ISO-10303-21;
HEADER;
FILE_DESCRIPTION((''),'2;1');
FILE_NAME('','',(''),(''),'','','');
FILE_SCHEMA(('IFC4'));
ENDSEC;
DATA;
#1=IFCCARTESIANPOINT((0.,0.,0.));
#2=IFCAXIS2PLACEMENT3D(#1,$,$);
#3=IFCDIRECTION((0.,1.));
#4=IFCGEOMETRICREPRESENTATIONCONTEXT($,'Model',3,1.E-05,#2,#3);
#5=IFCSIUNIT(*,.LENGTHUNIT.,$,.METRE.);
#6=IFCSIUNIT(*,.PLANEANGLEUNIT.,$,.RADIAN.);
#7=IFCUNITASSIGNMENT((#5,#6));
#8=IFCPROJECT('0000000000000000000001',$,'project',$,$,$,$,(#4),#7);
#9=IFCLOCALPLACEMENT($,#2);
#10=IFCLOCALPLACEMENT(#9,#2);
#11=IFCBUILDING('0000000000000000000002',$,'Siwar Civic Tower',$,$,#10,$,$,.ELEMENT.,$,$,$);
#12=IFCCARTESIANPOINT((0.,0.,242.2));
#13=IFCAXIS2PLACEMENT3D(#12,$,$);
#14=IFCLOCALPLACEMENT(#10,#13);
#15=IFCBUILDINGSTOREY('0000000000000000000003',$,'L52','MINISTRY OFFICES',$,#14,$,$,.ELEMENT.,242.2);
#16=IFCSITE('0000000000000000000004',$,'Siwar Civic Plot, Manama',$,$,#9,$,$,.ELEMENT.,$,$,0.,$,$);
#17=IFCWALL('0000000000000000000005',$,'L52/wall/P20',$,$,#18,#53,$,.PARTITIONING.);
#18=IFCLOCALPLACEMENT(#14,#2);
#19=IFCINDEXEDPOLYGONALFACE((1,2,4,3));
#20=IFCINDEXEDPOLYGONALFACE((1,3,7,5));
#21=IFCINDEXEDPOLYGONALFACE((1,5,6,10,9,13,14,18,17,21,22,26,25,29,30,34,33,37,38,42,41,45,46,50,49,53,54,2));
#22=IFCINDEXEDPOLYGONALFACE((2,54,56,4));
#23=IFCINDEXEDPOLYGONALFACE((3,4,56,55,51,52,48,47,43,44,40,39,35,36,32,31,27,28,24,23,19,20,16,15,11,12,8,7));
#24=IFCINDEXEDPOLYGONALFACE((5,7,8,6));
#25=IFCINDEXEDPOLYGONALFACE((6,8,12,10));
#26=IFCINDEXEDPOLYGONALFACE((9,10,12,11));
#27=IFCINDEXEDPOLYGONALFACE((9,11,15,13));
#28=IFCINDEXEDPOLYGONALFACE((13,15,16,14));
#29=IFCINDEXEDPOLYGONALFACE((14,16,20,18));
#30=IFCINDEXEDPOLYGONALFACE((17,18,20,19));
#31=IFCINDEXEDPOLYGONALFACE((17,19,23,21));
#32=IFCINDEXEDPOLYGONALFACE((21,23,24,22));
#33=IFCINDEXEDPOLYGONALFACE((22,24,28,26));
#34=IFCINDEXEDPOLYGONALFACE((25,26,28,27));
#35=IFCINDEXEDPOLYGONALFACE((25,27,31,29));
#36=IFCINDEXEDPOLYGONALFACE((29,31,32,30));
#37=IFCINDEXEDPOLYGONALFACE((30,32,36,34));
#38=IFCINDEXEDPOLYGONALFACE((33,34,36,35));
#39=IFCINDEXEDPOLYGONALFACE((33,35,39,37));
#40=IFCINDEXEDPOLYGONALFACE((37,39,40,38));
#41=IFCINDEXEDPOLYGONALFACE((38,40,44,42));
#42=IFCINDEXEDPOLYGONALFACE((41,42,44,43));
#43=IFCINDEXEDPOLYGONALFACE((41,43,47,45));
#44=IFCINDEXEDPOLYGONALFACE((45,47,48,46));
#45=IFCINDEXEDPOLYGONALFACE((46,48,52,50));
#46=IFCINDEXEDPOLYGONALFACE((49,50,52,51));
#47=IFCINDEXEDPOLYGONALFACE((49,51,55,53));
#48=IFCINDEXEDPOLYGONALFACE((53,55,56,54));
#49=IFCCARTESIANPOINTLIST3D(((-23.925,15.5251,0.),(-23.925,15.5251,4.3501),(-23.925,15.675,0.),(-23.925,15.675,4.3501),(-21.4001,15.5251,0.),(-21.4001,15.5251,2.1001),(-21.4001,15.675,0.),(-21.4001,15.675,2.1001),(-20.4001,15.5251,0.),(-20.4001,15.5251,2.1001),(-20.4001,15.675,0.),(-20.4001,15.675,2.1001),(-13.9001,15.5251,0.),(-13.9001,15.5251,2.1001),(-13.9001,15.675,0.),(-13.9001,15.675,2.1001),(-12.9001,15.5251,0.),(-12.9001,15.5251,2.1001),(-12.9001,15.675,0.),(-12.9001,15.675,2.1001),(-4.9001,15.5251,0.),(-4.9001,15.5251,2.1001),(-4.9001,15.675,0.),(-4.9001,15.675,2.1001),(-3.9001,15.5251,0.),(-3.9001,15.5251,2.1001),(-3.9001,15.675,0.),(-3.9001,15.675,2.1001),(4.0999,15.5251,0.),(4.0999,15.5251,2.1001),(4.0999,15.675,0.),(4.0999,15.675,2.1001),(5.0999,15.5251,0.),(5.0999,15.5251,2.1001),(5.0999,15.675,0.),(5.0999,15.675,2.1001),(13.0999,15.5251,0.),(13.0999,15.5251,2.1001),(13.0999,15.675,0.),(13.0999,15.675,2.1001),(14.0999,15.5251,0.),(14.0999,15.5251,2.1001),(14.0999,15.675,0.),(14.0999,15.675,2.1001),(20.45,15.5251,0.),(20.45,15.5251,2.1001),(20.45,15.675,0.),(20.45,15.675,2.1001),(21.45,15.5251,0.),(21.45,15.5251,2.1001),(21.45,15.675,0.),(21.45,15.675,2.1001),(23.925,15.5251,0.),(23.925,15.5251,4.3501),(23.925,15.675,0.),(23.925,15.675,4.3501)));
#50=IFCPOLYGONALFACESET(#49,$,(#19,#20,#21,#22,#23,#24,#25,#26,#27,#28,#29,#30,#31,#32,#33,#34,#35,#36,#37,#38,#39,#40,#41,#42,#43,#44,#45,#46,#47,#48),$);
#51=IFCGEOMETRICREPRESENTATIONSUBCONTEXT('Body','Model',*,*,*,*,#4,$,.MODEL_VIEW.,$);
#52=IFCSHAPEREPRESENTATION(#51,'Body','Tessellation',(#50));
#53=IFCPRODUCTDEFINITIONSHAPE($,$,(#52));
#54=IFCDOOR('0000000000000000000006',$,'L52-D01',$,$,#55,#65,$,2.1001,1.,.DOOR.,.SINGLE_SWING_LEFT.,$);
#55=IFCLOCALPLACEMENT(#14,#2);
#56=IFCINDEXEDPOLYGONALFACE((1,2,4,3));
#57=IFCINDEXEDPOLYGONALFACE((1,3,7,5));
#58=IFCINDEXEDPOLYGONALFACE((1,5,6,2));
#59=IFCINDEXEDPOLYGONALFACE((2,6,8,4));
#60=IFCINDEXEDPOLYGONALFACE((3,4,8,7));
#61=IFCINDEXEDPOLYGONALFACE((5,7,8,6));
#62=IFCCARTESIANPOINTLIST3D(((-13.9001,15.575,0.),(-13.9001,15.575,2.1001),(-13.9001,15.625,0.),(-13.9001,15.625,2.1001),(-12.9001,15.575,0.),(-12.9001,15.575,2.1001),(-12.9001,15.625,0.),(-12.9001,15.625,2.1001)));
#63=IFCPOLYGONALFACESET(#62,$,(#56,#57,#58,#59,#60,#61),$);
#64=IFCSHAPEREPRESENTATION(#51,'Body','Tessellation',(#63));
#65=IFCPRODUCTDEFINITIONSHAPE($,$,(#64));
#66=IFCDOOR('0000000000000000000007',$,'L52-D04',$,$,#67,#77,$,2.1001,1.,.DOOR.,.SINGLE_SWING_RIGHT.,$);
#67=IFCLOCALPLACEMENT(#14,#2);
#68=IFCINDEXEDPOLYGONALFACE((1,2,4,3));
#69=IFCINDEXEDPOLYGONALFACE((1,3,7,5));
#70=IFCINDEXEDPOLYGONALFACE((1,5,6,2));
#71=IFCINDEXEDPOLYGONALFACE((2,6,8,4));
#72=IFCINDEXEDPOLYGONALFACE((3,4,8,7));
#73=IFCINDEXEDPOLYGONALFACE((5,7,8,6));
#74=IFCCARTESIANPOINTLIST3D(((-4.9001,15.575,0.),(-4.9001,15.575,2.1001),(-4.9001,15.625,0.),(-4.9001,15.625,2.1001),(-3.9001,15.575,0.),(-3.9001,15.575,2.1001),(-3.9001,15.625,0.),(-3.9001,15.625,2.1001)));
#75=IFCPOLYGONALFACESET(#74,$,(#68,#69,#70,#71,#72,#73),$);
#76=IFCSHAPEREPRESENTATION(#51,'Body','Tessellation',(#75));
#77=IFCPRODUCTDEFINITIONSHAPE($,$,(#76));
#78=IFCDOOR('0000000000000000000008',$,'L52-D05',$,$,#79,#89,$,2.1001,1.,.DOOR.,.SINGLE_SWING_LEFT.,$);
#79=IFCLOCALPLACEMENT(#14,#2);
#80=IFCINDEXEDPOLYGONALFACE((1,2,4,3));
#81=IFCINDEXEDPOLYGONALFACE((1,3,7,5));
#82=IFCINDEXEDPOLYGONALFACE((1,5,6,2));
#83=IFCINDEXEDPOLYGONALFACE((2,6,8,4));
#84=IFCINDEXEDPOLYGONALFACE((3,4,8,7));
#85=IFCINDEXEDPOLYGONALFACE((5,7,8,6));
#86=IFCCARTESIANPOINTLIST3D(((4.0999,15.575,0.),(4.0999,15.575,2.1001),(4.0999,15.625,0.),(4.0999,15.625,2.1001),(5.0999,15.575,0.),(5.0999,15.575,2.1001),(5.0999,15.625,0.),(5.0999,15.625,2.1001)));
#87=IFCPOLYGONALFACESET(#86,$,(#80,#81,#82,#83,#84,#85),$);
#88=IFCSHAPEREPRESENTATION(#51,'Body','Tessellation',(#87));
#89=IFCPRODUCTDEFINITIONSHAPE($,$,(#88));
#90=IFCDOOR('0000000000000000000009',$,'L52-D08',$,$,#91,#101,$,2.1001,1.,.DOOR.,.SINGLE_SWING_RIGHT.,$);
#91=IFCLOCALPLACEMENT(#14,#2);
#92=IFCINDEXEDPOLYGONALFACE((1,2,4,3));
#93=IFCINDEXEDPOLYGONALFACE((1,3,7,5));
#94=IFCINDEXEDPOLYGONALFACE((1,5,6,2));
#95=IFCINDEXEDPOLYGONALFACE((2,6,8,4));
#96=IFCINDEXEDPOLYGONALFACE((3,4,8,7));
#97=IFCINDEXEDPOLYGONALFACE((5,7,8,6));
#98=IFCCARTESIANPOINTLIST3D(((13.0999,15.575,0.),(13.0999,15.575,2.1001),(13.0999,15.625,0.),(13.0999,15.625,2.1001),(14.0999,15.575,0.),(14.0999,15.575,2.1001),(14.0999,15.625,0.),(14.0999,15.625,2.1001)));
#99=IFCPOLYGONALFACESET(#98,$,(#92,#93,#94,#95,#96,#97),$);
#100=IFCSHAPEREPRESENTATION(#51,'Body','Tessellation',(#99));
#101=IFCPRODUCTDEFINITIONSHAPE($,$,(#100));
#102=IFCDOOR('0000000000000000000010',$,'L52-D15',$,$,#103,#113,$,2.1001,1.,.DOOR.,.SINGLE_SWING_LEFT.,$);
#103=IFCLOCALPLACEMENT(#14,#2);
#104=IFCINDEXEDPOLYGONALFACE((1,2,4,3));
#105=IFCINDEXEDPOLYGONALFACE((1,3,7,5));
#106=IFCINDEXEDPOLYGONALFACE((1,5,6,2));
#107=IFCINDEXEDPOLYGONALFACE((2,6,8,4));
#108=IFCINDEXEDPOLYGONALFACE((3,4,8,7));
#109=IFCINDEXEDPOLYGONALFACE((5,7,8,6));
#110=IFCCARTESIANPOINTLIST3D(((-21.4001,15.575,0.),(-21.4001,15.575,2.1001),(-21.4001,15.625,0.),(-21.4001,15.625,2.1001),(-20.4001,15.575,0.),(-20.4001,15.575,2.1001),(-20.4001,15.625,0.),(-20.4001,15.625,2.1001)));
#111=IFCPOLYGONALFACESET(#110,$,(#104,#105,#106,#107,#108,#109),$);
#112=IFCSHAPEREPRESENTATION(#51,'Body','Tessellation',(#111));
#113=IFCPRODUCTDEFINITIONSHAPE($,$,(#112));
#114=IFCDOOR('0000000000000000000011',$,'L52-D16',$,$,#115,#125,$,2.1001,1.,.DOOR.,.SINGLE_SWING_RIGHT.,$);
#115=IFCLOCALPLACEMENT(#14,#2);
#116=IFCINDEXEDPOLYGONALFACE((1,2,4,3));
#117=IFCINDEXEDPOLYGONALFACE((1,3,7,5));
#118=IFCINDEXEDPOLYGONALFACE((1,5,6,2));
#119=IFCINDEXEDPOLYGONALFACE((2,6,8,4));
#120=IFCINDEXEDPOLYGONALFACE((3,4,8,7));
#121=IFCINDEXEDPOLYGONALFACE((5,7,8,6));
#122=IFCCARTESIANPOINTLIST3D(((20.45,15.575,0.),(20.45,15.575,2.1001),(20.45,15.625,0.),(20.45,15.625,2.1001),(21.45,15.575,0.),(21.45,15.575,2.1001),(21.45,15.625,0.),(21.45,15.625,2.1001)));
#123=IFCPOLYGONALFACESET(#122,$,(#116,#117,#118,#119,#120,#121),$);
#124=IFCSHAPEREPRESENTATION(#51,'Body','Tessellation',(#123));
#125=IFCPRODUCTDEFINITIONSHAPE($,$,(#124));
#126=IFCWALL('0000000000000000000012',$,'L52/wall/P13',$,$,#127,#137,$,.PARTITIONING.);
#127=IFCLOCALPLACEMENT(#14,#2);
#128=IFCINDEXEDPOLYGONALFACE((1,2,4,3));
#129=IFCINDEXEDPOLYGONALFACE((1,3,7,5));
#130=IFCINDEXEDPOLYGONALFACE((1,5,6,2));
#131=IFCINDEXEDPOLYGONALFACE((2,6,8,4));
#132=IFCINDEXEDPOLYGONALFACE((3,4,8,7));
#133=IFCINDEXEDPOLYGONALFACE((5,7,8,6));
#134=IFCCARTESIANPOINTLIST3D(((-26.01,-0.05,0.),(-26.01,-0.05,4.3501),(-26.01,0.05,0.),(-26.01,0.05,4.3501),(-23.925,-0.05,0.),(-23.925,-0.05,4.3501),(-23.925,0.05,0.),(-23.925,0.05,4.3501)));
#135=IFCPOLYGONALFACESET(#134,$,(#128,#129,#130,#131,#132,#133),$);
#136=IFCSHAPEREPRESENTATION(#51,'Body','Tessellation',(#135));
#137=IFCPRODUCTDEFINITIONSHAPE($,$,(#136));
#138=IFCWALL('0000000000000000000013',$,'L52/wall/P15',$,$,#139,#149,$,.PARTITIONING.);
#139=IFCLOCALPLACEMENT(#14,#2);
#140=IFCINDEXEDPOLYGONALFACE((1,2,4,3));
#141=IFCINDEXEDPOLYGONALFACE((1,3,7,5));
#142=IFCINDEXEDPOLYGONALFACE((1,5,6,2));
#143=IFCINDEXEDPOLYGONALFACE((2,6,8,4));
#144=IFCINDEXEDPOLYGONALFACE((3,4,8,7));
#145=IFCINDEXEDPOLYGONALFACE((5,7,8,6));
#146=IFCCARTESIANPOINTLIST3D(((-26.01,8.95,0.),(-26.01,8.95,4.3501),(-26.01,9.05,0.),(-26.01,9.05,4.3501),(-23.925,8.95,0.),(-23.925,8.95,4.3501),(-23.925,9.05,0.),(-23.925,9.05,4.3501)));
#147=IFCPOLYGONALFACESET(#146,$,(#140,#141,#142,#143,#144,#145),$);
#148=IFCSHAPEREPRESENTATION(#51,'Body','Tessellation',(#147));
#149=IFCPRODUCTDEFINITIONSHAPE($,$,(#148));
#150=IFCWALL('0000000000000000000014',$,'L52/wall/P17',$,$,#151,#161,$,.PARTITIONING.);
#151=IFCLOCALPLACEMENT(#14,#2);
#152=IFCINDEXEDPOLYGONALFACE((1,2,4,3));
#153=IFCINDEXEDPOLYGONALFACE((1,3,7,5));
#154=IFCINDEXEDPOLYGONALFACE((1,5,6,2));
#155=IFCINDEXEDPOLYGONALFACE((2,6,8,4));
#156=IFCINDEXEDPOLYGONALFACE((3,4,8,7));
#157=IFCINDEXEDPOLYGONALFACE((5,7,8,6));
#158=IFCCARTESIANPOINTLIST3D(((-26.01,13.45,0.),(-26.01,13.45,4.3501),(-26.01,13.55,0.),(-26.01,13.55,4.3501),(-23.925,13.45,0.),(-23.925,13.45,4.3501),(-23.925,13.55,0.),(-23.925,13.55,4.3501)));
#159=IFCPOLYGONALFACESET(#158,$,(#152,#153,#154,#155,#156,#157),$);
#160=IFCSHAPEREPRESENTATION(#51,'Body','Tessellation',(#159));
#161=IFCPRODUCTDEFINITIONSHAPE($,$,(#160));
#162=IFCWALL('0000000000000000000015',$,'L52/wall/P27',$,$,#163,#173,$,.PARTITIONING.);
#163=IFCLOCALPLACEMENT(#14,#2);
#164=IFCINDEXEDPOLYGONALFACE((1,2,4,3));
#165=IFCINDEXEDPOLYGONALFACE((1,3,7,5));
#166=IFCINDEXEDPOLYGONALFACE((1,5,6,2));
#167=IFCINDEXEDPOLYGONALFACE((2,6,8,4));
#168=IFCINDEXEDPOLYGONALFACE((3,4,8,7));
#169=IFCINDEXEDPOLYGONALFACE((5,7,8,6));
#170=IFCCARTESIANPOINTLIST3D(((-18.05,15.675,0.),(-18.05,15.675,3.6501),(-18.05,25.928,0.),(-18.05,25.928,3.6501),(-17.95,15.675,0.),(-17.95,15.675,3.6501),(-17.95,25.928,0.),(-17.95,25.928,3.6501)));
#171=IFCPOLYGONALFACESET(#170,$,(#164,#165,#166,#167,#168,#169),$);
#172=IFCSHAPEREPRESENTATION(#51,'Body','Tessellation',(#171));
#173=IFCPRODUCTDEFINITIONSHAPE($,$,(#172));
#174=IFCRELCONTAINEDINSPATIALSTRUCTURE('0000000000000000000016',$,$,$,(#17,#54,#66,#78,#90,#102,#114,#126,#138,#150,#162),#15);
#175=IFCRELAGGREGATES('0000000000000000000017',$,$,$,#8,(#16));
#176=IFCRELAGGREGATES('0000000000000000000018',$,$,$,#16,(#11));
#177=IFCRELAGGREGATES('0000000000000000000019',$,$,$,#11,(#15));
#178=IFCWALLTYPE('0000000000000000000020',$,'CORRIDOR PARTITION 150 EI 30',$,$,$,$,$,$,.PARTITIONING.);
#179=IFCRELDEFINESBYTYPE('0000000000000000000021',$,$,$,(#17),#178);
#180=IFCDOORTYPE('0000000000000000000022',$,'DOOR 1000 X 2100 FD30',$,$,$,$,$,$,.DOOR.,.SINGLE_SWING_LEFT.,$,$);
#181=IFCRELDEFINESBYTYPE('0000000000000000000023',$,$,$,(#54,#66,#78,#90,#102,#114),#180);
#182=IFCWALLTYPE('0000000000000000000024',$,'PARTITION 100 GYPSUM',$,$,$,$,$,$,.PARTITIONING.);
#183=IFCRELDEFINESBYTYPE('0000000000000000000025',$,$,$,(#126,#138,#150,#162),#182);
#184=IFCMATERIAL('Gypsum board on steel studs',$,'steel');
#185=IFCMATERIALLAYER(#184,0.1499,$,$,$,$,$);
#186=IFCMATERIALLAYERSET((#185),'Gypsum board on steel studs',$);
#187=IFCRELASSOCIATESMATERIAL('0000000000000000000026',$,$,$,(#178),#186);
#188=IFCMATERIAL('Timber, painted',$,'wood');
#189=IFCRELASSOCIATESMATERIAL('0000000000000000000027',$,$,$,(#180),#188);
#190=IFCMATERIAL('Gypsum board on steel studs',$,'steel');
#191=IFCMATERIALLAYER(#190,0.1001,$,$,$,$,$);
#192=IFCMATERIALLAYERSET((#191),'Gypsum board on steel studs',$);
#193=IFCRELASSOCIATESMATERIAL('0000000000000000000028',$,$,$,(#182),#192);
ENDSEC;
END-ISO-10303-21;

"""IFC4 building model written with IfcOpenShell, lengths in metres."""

from ifc_helpers import new_model, si_unit, direction, frame, frame_2d, origin, place, context, subcontext, project, spatial, rectangle, extrude, material, layer, layer_set, type_object, element, fill, save


model = new_model("IFC4")

# Units and contexts
model_context = context("Model", 3, precision=1e-05, world=origin(), true_north=direction((0.0, 1.0)))
body_context = subcontext(model_context, "Body", "Model", "MODEL_VIEW")
ifc_project = project(units=[si_unit("LENGTHUNIT", "METRE"), si_unit("PLANEANGLEUNIT", "RADIAN")], contexts=[model_context])

# Site, building, storey
site_placement = place(None, origin())
site = spatial("IfcSite", under=ifc_project, at=site_placement, Name="Siwar Civic Plot, Manama", CompositionType="ELEMENT", RefElevation=0.0)
building_placement = place(site_placement, origin())
building = spatial("IfcBuilding", under=site, at=building_placement, Name="Siwar Civic Tower", CompositionType="ELEMENT")
storey_placement = place(building_placement, frame((0.0, 0.0, 242.2)))
storey = spatial("IfcBuildingStorey", under=building, at=storey_placement, Name="L52", Description="MINISTRY OFFICES", CompositionType="ELEMENT", Elevation=242.2)

# Wall, openings, doors
ifc_material_1 = material(Name="Gypsum board on steel studs", Category="steel")
ifc_layer_1 = layer(ifc_material_1, 0.1499)
ifc_layer_set_1 = layer_set([ifc_layer_1], Name="Gypsum board on steel studs")
wall_type_1 = type_object("IfcWallType", Name="CORRIDOR PARTITION 150 EI 30", PredefinedType="PARTITIONING", material=ifc_layer_set_1)
wall_1_placement = place(storey_placement, frame((-23.925, 15.6001, 0.0), z_axis=(0.0, 0.0, 1.0), x_axis=(1.0, 0.0, 0.0)))
wall_1 = element("IfcWall", 1, at=wall_1_placement, inside=storey, type_object=wall_type_1, Name="L52/wall/P20", PredefinedType="PARTITIONING", context=body_context, shape_type="SweptSolid", body=[
    extrude(rectangle(XDim=47.8501, YDim=0.1499, at=frame_2d((23.925, 0.0))), origin(), (0.0, 0.0, 1.0), 4.3501),
])
opening_1_placement = place(wall_1_placement, frame((10.0249, 0.0, 0.0)))
opening_1 = element("IfcOpeningElement", 2, at=opening_1_placement, cuts=wall_1, PredefinedType="OPENING", context=body_context, shape_type="SweptSolid", body=[
    extrude(rectangle(XDim=1.0, YDim=2.1001, at=frame_2d((0.5, 1.05))), frame((0.0, 0.085, 0.0), z_axis=(0.0, -1.0, 0.0), x_axis=(1.0, 0.0, 0.0)), (0.0, 0.0, 1.0), 0.1699),
])
opening_2_placement = place(wall_1_placement, frame((19.0249, 0.0, 0.0)))
opening_2 = element("IfcOpeningElement", 3, at=opening_2_placement, cuts=wall_1, PredefinedType="OPENING", context=body_context, shape_type="SweptSolid", body=[
    extrude(rectangle(XDim=1.0, YDim=2.1001, at=frame_2d((0.5, 1.05))), frame((0.0, 0.085, 0.0), z_axis=(0.0, -1.0, 0.0), x_axis=(1.0, 0.0, 0.0)), (0.0, 0.0, 1.0), 0.1699),
])
opening_3_placement = place(wall_1_placement, frame((28.0249, 0.0, 0.0)))
opening_3 = element("IfcOpeningElement", 4, at=opening_3_placement, cuts=wall_1, PredefinedType="OPENING", context=body_context, shape_type="SweptSolid", body=[
    extrude(rectangle(XDim=1.0, YDim=2.1001, at=frame_2d((0.5, 1.05))), frame((0.0, 0.085, 0.0), z_axis=(0.0, -1.0, 0.0), x_axis=(1.0, 0.0, 0.0)), (0.0, 0.0, 1.0), 0.1699),
])
opening_4_placement = place(wall_1_placement, frame((37.0249, 0.0, 0.0)))
opening_4 = element("IfcOpeningElement", 5, at=opening_4_placement, cuts=wall_1, PredefinedType="OPENING", context=body_context, shape_type="SweptSolid", body=[
    extrude(rectangle(XDim=1.0, YDim=2.1001, at=frame_2d((0.5, 1.05))), frame((0.0, 0.085, 0.0), z_axis=(0.0, -1.0, 0.0), x_axis=(1.0, 0.0, 0.0)), (0.0, 0.0, 1.0), 0.1699),
])
opening_5_placement = place(wall_1_placement, frame((2.5249, 0.0, 0.0)))
opening_5 = element("IfcOpeningElement", 6, at=opening_5_placement, cuts=wall_1, PredefinedType="OPENING", context=body_context, shape_type="SweptSolid", body=[
    extrude(rectangle(XDim=1.0, YDim=2.1001, at=frame_2d((0.5, 1.05))), frame((0.0, 0.085, 0.0), z_axis=(0.0, -1.0, 0.0), x_axis=(1.0, 0.0, 0.0)), (0.0, 0.0, 1.0), 0.1699),
])
opening_6_placement = place(wall_1_placement, frame((44.375, 0.0, 0.0)))
opening_6 = element("IfcOpeningElement", 7, at=opening_6_placement, cuts=wall_1, PredefinedType="OPENING", context=body_context, shape_type="SweptSolid", body=[
    extrude(rectangle(XDim=1.0, YDim=2.1001, at=frame_2d((0.5, 1.05))), frame((0.0, 0.085, 0.0), z_axis=(0.0, -1.0, 0.0), x_axis=(1.0, 0.0, 0.0)), (0.0, 0.0, 1.0), 0.1699),
])
ifc_material_2 = material(Name="Timber, painted", Category="wood")
door_type = type_object("IfcDoorType", Name="DOOR 1000 X 2100 FD30", OperationType="SINGLE_SWING_LEFT", PredefinedType="DOOR", material=ifc_material_2)
door_1_placement = place(opening_1_placement, origin())
door_1 = element("IfcDoor", 8, at=door_1_placement, inside=storey, type_object=door_type, Name="L52-D01", OperationType="SINGLE_SWING_LEFT", OverallHeight=2.1001, OverallWidth=1.0, PredefinedType="DOOR", context=body_context, shape_type="SweptSolid", body=[
    extrude(rectangle(XDim=1.0, YDim=2.1001, at=frame_2d((0.5, 1.05))), frame((0.0, 0.0249, 0.0), z_axis=(0.0, -1.0, 0.0), x_axis=(1.0, 0.0, 0.0)), (0.0, 0.0, 1.0), 0.05),
])
fill(opening_1, door_1)
door_2_placement = place(opening_2_placement, origin())
door_2 = element("IfcDoor", 9, at=door_2_placement, inside=storey, type_object=door_type, Name="L52-D04", OperationType="SINGLE_SWING_RIGHT", OverallHeight=2.1001, OverallWidth=1.0, PredefinedType="DOOR", context=body_context, shape_type="SweptSolid", body=[
    extrude(rectangle(XDim=1.0, YDim=2.1001, at=frame_2d((0.5, 1.05))), frame((0.0, 0.0249, 0.0), z_axis=(0.0, -1.0, 0.0), x_axis=(1.0, 0.0, 0.0)), (0.0, 0.0, 1.0), 0.05),
])
fill(opening_2, door_2)
door_3_placement = place(opening_3_placement, origin())
door_3 = element("IfcDoor", 10, at=door_3_placement, inside=storey, type_object=door_type, Name="L52-D05", OperationType="SINGLE_SWING_LEFT", OverallHeight=2.1001, OverallWidth=1.0, PredefinedType="DOOR", context=body_context, shape_type="SweptSolid", body=[
    extrude(rectangle(XDim=1.0, YDim=2.1001, at=frame_2d((0.5, 1.05))), frame((0.0, 0.0249, 0.0), z_axis=(0.0, -1.0, 0.0), x_axis=(1.0, 0.0, 0.0)), (0.0, 0.0, 1.0), 0.05),
])
fill(opening_3, door_3)
door_4_placement = place(opening_4_placement, origin())
door_4 = element("IfcDoor", 11, at=door_4_placement, inside=storey, type_object=door_type, Name="L52-D08", OperationType="SINGLE_SWING_RIGHT", OverallHeight=2.1001, OverallWidth=1.0, PredefinedType="DOOR", context=body_context, shape_type="SweptSolid", body=[
    extrude(rectangle(XDim=1.0, YDim=2.1001, at=frame_2d((0.5, 1.05))), frame((0.0, 0.0249, 0.0), z_axis=(0.0, -1.0, 0.0), x_axis=(1.0, 0.0, 0.0)), (0.0, 0.0, 1.0), 0.05),
])
fill(opening_4, door_4)
door_5_placement = place(opening_5_placement, origin())
door_5 = element("IfcDoor", 12, at=door_5_placement, inside=storey, type_object=door_type, Name="L52-D15", OperationType="SINGLE_SWING_LEFT", OverallHeight=2.1001, OverallWidth=1.0, PredefinedType="DOOR", context=body_context, shape_type="SweptSolid", body=[
    extrude(rectangle(XDim=1.0, YDim=2.1001, at=frame_2d((0.5, 1.05))), frame((0.0, 0.0249, 0.0), z_axis=(0.0, -1.0, 0.0), x_axis=(1.0, 0.0, 0.0)), (0.0, 0.0, 1.0), 0.05),
])
fill(opening_5, door_5)
door_6_placement = place(opening_6_placement, origin())
door_6 = element("IfcDoor", 13, at=door_6_placement, inside=storey, type_object=door_type, Name="L52-D16", OperationType="SINGLE_SWING_RIGHT", OverallHeight=2.1001, OverallWidth=1.0, PredefinedType="DOOR", context=body_context, shape_type="SweptSolid", body=[
    extrude(rectangle(XDim=1.0, YDim=2.1001, at=frame_2d((0.5, 1.05))), frame((0.0, 0.0249, 0.0), z_axis=(0.0, -1.0, 0.0), x_axis=(1.0, 0.0, 0.0)), (0.0, 0.0, 1.0), 0.05),
])
fill(opening_6, door_6)

# Walls
ifc_material_3 = material(Name="Gypsum board on steel studs", Category="steel")
ifc_layer_2 = layer(ifc_material_3, 0.1001)
ifc_layer_set_2 = layer_set([ifc_layer_2], Name="Gypsum board on steel studs")
wall_type_2 = type_object("IfcWallType", Name="PARTITION 100 GYPSUM", PredefinedType="PARTITIONING", material=ifc_layer_set_2)
for number, where, z_axis, x_axis, name in (
    (14, (-26.01, 0.0, 0.0), (0.0, 0.0, 1.0), (1.0, 0.0, 0.0), "L52/wall/P13"),
    (15, (-26.01, 9.0, 0.0), (0.0, 0.0, 1.0), (1.0, 0.0, 0.0), "L52/wall/P15"),
    (16, (-26.01, 13.5, 0.0), (0.0, 0.0, 1.0), (1.0, 0.0, 0.0), "L52/wall/P17"),
):
    element("IfcWall", number, at=place(storey_placement, frame(where, z_axis=z_axis, x_axis=x_axis)), inside=storey, type_object=wall_type_2, Name=name, PredefinedType="PARTITIONING", context=body_context, shape_type="SweptSolid", body=[
        extrude(rectangle(XDim=2.085, YDim=0.1001, at=frame_2d((1.0425, 0.0))), origin(), (0.0, 0.0, 1.0), 4.3501),
    ])
wall_2_placement = place(storey_placement, frame((-18.0, 15.675, 0.0), z_axis=(0.0, 0.0, 1.0), x_axis=(0.0, 1.0, 0.0)))
element("IfcWall", 17, at=wall_2_placement, inside=storey, type_object=wall_type_2, Name="L52/wall/P27", PredefinedType="PARTITIONING", context=body_context, shape_type="SweptSolid", body=[
    extrude(rectangle(XDim=10.2529, YDim=0.1001, at=frame_2d((5.1265, 0.0))), origin(), (0.0, 0.0, 1.0), 3.6501),
])

save(model, "model.ifc")
